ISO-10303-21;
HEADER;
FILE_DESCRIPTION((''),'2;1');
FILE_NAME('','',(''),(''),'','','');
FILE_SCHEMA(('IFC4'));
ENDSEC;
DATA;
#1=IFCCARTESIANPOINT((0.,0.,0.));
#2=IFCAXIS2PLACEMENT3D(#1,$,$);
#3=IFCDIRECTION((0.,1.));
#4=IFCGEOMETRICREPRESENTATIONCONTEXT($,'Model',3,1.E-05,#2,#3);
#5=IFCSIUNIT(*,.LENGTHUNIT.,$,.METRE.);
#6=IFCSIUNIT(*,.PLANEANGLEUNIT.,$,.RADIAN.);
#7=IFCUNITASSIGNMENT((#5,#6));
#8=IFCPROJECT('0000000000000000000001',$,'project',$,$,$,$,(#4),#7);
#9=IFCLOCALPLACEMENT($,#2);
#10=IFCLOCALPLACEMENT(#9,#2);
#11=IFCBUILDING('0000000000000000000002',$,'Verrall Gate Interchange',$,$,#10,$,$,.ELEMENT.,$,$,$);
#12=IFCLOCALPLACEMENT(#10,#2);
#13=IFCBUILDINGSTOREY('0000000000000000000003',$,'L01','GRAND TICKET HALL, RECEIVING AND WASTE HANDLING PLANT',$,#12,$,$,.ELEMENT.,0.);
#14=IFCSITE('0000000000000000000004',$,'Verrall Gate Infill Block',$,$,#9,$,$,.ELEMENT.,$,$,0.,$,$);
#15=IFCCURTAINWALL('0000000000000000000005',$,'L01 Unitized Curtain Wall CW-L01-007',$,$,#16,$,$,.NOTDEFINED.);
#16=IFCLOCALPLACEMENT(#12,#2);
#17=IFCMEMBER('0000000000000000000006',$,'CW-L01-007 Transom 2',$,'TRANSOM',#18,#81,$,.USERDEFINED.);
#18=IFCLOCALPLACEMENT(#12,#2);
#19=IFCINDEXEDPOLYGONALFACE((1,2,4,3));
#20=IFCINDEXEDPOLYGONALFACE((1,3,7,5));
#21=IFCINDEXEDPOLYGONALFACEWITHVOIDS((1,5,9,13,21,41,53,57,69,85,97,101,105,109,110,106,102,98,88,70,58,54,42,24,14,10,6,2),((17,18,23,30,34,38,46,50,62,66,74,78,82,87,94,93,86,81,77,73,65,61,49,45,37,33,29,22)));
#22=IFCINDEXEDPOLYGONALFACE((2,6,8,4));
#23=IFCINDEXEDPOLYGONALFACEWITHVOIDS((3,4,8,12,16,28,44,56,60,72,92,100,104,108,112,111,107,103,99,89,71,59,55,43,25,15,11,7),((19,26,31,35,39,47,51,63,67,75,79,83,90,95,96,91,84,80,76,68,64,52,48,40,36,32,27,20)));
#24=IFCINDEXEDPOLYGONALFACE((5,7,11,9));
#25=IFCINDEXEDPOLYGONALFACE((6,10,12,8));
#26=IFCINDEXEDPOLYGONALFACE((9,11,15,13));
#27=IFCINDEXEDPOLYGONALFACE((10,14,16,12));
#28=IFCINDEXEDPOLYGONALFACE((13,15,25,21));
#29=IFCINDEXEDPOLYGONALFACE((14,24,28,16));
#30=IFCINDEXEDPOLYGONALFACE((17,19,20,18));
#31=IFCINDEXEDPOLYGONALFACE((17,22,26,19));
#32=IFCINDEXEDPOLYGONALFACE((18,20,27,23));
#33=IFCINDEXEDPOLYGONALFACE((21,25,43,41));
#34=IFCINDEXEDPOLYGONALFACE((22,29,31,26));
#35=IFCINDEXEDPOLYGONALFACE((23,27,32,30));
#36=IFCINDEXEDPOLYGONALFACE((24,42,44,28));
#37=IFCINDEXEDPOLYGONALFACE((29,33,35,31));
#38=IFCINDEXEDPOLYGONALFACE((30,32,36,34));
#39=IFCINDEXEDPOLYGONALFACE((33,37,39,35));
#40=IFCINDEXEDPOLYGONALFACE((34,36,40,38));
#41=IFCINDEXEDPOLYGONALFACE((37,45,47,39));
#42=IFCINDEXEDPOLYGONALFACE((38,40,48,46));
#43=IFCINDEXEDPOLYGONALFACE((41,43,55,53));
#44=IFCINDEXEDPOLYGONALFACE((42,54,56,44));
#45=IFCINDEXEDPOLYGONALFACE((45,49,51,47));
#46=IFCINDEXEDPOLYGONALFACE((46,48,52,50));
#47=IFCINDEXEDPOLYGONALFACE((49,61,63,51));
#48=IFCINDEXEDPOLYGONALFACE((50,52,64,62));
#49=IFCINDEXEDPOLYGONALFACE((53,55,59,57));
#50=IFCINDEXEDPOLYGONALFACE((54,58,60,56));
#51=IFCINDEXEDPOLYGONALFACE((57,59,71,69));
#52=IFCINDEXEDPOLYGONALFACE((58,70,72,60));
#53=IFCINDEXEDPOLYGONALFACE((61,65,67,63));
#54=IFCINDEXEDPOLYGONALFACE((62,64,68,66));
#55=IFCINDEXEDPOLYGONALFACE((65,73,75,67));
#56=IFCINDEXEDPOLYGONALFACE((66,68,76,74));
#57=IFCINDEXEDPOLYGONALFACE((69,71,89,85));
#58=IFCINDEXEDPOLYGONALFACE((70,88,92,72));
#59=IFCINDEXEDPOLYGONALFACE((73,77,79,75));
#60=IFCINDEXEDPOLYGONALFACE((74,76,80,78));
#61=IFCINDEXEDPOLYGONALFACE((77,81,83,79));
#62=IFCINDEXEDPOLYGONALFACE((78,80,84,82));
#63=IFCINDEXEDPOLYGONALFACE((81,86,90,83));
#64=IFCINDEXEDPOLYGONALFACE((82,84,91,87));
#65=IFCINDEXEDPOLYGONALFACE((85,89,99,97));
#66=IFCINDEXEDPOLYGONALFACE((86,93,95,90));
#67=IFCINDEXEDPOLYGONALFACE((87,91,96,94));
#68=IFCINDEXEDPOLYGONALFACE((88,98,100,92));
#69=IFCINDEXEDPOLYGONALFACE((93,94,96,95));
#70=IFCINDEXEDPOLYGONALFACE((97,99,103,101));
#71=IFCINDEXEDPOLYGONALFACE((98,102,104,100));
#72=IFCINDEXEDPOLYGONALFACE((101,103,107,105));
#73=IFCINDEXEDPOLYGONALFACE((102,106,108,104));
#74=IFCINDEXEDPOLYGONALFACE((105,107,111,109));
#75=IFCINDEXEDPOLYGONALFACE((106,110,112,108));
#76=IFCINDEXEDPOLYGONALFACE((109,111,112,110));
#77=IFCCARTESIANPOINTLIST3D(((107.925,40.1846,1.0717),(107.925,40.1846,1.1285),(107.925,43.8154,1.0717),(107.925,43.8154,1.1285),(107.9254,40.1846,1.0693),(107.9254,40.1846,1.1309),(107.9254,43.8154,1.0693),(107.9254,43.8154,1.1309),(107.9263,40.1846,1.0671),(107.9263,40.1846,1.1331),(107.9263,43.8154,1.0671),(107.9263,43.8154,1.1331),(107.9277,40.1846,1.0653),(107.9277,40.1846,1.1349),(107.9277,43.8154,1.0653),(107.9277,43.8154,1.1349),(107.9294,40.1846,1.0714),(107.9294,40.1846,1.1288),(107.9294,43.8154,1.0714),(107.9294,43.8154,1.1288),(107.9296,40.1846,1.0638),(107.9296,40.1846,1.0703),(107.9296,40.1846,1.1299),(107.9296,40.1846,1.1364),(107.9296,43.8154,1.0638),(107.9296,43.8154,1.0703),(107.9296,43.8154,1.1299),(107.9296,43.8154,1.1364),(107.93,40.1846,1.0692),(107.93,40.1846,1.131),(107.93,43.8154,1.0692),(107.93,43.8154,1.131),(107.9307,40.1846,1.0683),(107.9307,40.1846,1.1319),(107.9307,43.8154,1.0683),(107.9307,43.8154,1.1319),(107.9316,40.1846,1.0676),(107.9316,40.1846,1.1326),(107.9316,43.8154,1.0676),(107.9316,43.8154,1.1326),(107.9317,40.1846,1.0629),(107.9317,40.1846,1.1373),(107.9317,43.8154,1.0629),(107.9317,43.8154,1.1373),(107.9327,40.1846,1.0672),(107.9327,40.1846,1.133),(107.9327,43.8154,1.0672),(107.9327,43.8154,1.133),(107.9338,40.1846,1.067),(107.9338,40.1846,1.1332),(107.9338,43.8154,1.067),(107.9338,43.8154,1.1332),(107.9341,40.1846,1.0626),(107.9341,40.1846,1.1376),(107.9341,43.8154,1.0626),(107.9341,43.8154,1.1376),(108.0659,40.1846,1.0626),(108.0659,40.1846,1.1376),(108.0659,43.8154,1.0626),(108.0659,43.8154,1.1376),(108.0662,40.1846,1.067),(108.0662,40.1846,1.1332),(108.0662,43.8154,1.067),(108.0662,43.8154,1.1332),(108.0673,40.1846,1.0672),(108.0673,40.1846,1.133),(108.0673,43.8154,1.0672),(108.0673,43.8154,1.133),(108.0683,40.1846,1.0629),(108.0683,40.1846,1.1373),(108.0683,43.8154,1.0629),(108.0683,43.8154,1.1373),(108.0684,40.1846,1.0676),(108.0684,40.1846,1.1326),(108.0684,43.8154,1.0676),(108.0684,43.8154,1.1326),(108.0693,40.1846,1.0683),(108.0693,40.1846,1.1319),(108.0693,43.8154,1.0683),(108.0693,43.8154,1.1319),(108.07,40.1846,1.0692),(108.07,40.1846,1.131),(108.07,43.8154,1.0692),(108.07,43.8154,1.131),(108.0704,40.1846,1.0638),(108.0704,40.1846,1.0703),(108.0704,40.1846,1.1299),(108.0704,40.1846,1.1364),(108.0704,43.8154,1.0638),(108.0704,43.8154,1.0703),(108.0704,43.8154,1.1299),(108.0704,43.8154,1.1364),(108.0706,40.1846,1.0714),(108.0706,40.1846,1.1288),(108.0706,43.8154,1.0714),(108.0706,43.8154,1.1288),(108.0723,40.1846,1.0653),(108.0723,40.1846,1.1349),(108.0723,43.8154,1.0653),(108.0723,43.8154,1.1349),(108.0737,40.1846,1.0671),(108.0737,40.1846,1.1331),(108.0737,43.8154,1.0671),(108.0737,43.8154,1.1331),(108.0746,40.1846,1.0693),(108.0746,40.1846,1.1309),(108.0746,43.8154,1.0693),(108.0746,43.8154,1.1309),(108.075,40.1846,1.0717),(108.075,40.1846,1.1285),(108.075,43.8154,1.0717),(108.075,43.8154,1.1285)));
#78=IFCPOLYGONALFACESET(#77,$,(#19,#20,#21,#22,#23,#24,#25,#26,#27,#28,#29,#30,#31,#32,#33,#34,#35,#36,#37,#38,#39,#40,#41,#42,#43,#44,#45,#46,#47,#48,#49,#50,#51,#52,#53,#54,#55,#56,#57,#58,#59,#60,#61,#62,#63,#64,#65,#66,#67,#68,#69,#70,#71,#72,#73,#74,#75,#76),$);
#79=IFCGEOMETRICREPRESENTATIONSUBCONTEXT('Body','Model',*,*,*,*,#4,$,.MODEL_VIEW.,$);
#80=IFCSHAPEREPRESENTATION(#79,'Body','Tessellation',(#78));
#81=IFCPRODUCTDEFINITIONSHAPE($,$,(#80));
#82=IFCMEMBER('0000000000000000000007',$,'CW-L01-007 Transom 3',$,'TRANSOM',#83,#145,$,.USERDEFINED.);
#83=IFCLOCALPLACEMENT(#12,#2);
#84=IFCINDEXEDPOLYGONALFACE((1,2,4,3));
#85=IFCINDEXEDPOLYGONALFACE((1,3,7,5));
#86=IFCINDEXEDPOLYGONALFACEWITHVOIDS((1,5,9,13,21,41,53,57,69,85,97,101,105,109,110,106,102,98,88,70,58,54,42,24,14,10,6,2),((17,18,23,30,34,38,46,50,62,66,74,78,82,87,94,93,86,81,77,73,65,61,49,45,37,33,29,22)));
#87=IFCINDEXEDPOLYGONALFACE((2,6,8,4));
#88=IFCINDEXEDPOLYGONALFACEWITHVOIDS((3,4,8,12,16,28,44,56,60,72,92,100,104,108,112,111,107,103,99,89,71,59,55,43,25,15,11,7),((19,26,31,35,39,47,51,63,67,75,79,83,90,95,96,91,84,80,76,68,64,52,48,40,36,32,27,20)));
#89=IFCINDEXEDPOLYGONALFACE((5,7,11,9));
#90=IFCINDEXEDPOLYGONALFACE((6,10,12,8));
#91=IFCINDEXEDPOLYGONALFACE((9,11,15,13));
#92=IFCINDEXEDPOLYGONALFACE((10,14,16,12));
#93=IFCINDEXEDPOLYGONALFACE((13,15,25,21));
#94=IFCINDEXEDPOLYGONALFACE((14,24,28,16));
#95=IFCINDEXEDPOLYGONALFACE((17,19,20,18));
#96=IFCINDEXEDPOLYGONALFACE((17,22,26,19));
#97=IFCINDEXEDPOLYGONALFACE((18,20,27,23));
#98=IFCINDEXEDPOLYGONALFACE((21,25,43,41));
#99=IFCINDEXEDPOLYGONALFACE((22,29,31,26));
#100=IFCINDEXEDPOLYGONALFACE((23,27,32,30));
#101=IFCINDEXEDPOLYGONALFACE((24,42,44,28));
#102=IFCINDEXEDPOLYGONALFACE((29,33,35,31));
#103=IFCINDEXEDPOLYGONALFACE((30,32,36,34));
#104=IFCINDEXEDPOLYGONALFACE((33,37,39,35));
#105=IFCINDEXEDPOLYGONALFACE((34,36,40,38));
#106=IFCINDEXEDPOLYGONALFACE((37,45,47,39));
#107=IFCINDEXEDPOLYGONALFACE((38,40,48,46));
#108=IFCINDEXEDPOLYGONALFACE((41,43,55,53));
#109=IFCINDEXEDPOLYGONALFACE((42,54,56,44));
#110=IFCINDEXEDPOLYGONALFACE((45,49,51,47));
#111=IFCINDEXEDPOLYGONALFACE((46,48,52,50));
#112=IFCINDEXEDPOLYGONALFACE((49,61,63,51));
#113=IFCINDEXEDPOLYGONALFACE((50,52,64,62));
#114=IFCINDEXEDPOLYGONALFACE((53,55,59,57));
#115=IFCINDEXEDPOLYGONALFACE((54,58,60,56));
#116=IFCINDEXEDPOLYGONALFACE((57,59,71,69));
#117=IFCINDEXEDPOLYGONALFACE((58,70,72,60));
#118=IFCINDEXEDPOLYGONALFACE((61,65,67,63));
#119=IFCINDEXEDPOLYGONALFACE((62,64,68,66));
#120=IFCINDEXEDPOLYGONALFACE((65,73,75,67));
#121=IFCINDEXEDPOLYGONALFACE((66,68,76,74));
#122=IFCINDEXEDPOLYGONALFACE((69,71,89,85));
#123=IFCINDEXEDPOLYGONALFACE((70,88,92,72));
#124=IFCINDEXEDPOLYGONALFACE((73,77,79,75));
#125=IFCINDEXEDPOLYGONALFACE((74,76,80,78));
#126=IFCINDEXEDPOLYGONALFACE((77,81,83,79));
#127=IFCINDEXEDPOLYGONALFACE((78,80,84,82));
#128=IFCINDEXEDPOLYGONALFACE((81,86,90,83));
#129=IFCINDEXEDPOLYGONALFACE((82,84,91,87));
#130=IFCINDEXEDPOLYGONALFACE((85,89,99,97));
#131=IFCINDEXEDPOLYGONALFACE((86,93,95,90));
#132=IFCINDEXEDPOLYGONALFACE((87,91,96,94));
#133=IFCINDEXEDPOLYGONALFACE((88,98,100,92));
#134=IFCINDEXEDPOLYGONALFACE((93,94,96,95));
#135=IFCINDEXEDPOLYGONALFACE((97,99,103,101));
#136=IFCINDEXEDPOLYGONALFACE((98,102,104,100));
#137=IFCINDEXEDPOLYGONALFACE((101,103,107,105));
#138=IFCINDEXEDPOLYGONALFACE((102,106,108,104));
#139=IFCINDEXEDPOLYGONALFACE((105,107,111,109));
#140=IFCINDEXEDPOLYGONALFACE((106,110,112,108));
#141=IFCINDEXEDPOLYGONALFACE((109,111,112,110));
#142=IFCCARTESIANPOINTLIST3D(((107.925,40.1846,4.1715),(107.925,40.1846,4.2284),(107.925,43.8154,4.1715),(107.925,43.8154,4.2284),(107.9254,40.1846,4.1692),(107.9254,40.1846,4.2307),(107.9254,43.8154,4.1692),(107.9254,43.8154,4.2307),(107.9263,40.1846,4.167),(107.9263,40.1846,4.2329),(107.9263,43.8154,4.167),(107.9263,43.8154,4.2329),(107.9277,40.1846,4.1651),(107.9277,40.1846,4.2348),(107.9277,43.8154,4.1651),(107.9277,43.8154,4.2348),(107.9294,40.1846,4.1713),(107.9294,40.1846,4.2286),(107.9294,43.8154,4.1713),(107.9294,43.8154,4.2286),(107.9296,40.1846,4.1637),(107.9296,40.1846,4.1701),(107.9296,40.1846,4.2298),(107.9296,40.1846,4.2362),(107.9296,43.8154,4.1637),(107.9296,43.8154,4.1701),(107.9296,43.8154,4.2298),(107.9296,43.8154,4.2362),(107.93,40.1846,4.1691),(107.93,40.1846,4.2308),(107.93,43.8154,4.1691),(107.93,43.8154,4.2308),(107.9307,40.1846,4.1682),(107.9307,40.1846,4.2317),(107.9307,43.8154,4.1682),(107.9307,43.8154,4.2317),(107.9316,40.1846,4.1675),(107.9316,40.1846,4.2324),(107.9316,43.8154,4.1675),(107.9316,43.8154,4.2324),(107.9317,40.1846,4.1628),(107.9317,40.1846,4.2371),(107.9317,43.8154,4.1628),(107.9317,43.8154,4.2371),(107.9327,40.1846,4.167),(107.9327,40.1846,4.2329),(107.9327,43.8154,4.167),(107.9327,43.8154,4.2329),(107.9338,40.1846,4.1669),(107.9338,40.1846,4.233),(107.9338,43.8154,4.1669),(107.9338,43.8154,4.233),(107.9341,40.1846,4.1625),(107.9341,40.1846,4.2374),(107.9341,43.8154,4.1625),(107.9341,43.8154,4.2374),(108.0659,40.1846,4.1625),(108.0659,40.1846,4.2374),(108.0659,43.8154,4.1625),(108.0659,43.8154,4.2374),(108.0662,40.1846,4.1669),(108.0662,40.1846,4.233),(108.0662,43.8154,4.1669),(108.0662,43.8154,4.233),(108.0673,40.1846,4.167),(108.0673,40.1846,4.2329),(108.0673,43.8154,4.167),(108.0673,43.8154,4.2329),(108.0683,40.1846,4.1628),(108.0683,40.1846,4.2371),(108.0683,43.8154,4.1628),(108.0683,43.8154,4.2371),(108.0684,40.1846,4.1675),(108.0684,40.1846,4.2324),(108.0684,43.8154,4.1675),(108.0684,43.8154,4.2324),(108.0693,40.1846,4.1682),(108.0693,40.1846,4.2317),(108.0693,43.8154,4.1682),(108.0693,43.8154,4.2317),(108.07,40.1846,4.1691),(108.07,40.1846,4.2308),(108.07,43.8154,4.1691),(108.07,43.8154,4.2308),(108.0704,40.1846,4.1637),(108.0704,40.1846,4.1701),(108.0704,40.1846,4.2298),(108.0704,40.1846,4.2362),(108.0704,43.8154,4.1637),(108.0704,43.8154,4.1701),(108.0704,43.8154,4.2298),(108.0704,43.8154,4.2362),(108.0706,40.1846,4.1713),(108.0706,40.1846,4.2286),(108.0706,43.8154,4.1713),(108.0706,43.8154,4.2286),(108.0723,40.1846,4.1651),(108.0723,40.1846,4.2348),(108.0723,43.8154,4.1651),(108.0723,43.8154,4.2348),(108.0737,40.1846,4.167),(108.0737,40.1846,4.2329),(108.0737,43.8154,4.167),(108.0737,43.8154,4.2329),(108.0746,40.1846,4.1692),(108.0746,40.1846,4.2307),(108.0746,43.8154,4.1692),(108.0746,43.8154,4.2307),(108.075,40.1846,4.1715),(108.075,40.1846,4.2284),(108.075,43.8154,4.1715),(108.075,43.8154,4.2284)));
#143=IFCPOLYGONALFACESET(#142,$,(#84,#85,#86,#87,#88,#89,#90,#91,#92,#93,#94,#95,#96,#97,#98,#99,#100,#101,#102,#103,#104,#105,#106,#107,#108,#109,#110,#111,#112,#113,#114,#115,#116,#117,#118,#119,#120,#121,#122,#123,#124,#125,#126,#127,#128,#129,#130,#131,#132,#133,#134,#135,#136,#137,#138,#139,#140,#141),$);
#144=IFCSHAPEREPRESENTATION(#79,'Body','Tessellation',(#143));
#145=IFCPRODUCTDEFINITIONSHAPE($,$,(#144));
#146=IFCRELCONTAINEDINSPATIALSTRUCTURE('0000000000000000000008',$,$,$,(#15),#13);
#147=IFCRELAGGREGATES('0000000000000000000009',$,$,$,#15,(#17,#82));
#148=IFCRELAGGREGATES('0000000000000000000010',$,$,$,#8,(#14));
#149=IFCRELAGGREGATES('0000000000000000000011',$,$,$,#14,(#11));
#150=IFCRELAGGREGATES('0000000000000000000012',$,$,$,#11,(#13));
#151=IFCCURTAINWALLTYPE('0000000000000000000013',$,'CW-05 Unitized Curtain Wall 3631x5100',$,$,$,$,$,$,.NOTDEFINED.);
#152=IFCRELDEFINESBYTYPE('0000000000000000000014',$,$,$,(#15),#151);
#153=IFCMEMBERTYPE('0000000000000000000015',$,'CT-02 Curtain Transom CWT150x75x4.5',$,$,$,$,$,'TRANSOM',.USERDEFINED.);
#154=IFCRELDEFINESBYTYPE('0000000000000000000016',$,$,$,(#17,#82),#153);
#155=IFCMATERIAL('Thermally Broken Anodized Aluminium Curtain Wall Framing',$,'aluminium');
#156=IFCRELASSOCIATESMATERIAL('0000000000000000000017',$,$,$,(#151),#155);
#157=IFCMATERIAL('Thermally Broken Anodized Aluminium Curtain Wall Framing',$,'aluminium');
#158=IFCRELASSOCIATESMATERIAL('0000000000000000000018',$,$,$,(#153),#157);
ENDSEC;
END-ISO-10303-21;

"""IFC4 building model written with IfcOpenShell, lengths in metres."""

from ifc_helpers import new_model, si_unit, direction, frame, origin, origin_2d, place, context, subcontext, project, spatial, hollow_rectangle, extrude, material, material_profile, profile_set, type_object, element, aggregate, save


model = new_model("IFC4")

# Units and contexts
model_context = context("Model", 3, precision=1e-05, world=origin(), true_north=direction((0.0, 1.0)))
body_context = subcontext(model_context, "Body", "Model", "MODEL_VIEW")
ifc_project = project(units=[si_unit("LENGTHUNIT", "METRE"), si_unit("PLANEANGLEUNIT", "RADIAN")], contexts=[model_context])

# Site, building, storey
site_placement = place(None, origin())
site = spatial("IfcSite", under=ifc_project, at=site_placement, Name="Verrall Gate Infill Block", CompositionType="ELEMENT", RefElevation=0.0)
building_placement = place(site_placement, origin())
building = spatial("IfcBuilding", under=site, at=building_placement, Name="Verrall Gate Interchange", CompositionType="ELEMENT")
storey_placement = place(building_placement, origin())
storey = spatial("IfcBuildingStorey", under=building, at=storey_placement, Name="L01", Description="GRAND TICKET HALL, RECEIVING AND WASTE HANDLING PLANT", CompositionType="ELEMENT", Elevation=0.0)

# Curtain wall, members
ifc_material_1 = material(Name="Thermally Broken Anodized Aluminium Curtain Wall Framing", Category="aluminium")
curtain_wall_type = type_object("IfcCurtainWallType", Name="CW-05 Unitized Curtain Wall 3631x5100", PredefinedType="NOTDEFINED", material=ifc_material_1)
curtain_wall_placement = place(storey_placement, origin())
curtain_wall = element("IfcCurtainWall", 1, at=curtain_wall_placement, inside=storey, type_object=curtain_wall_type, Name="L01 Unitized Curtain Wall CW-L01-007", PredefinedType="NOTDEFINED")
ifc_material_2 = material(Name="Thermally Broken Anodized Aluminium Curtain Wall Framing", Category="aluminium")
ifc_material_profile_1 = material_profile(ifc_material_2, hollow_rectangle(XDim=0.1499, YDim=0.075, WallThickness=0.0044, InnerFilletRadius=0.0044, OuterFilletRadius=0.009, at=origin_2d()), Name="CWT150x75x4.5")
ifc_profile_set_1 = profile_set([ifc_material_profile_1], Name="Thermally Broken Anodized Aluminium Curtain Wall Framing")
member_type_1 = type_object("IfcMemberType", Name="CT-02 Curtain Transom CWT150x75x4.5", ElementType="TRANSOM", PredefinedType="USERDEFINED", material=ifc_profile_set_1)
member_1_placement = place(storey_placement, frame((108.0, 40.1846, 1.1001), z_axis=(0.0, 1.0, 0.0), x_axis=(-1.0, 0.0, 0.0)))
member_1 = element("IfcMember", 2, at=member_1_placement, type_object=member_type_1, Name="CW-L01-007 Transom 2", ObjectType="TRANSOM", PredefinedType="USERDEFINED", context=body_context, shape_type="SweptSolid", body=[
    extrude(hollow_rectangle(XDim=0.1499, YDim=0.075, WallThickness=0.0044, InnerFilletRadius=0.0044, OuterFilletRadius=0.009, at=origin_2d()), origin(), (0.0, 0.0, 1.0), 3.6309),
])
member_2_placement = place(storey_placement, frame((108.0, 40.1846, 4.2), z_axis=(0.0, 1.0, 0.0), x_axis=(-1.0, 0.0, 0.0)))
member_2 = element("IfcMember", 3, at=member_2_placement, type_object=member_type_1, Name="CW-L01-007 Transom 3", ObjectType="TRANSOM", PredefinedType="USERDEFINED", context=body_context, shape_type="SweptSolid", body=[
    extrude(hollow_rectangle(XDim=0.1499, YDim=0.075, WallThickness=0.0044, InnerFilletRadius=0.0044, OuterFilletRadius=0.009, at=origin_2d()), origin(), (0.0, 0.0, 1.0), 3.6309),
])

aggregate(curtain_wall, [member_1, member_2])

save(model, "model.ifc")
